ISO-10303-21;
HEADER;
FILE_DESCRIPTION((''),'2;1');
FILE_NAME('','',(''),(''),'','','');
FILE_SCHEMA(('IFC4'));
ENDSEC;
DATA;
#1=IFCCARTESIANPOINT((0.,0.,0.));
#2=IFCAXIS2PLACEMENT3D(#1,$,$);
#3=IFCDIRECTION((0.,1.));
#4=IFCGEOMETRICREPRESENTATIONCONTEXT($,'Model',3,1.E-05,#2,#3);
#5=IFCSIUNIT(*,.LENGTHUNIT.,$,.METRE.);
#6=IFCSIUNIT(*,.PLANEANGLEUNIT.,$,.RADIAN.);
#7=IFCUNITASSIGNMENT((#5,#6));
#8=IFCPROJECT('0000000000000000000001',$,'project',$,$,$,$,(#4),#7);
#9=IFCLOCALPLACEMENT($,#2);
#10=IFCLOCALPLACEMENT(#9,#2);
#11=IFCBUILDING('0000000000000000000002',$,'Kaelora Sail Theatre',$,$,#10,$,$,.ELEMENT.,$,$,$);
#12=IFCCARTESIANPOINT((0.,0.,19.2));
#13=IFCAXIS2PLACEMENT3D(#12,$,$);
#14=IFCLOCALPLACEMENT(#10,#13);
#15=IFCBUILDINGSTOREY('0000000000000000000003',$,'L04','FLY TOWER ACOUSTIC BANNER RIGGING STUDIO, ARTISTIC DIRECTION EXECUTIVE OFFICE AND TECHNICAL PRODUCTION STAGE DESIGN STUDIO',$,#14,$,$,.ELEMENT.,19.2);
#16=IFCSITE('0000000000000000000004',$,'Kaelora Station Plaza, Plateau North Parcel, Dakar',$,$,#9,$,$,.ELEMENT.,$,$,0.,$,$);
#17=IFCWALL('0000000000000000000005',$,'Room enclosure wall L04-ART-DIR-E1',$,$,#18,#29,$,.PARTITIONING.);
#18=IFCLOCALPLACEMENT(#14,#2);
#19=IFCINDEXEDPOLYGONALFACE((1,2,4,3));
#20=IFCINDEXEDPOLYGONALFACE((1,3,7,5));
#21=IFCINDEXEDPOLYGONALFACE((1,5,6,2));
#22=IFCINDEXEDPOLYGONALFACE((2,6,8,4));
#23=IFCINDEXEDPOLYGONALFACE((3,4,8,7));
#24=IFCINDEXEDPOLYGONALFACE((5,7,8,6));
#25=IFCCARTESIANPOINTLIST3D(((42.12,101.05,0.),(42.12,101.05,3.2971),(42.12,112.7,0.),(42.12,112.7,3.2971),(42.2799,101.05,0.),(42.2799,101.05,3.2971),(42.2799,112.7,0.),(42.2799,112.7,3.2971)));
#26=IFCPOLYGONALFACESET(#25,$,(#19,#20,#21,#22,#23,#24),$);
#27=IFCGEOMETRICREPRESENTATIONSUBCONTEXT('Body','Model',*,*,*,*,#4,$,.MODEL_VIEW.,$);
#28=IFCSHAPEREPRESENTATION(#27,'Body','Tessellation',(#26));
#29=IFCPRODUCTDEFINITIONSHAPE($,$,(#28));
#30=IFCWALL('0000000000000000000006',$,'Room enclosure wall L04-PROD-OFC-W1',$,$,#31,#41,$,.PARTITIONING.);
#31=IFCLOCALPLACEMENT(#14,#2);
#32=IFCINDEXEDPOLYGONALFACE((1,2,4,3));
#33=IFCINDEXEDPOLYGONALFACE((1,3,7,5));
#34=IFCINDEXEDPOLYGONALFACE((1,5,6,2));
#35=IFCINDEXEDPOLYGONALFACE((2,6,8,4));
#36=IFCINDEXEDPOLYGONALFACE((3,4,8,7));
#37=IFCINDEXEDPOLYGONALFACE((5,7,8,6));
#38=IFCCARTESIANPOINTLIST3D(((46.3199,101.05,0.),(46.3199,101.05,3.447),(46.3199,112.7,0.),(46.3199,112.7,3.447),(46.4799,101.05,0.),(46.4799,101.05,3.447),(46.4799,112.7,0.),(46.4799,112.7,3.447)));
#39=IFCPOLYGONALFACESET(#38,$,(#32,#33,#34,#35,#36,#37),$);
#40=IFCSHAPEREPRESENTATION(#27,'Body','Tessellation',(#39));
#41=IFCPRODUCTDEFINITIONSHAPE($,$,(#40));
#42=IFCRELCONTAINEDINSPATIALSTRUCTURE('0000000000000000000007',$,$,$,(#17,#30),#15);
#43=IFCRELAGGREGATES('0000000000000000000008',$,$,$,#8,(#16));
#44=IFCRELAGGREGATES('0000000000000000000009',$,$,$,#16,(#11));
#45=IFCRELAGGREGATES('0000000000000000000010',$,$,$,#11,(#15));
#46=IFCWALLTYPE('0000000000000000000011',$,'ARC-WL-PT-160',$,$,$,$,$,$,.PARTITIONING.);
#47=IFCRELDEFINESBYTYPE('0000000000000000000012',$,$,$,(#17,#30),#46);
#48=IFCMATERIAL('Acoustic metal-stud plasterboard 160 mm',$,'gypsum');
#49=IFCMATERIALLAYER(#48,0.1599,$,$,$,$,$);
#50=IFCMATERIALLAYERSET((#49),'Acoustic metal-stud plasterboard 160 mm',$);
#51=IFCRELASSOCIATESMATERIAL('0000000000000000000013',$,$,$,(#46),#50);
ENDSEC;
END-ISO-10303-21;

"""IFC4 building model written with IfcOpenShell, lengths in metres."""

from ifc_helpers import new_model, si_unit, direction, frame, frame_2d, origin, place, context, subcontext, project, spatial, rectangle, extrude, material, layer, layer_set, type_object, element, save


model = new_model("IFC4")

# Units and contexts
model_context = context("Model", 3, precision=1e-05, world=origin(), true_north=direction((0.0, 1.0)))
body_context = subcontext(model_context, "Body", "Model", "MODEL_VIEW")
ifc_project = project(units=[si_unit("LENGTHUNIT", "METRE"), si_unit("PLANEANGLEUNIT", "RADIAN")], contexts=[model_context])

# Site, building, storey
site_placement = place(None, origin())
site = spatial("IfcSite", under=ifc_project, at=site_placement, Name="Kaelora Station Plaza, Plateau North Parcel, Dakar", CompositionType="ELEMENT", RefElevation=0.0)
building_placement = place(site_placement, origin())
building = spatial("IfcBuilding", under=site, at=building_placement, Name="Kaelora Sail Theatre", CompositionType="ELEMENT")
storey_placement = place(building_placement, frame((0.0, 0.0, 19.2)))
storey = spatial("IfcBuildingStorey", under=building, at=storey_placement, Name="L04", Description="FLY TOWER ACOUSTIC BANNER RIGGING STUDIO, ARTISTIC DIRECTION EXECUTIVE OFFICE AND TECHNICAL PRODUCTION STAGE DESIGN STUDIO", CompositionType="ELEMENT", Elevation=19.2)

# Walls
ifc_material_1 = material(Name="Acoustic metal-stud plasterboard 160 mm", Category="gypsum")
ifc_layer_1 = layer(ifc_material_1, 0.1599)
ifc_layer_set_1 = layer_set([ifc_layer_1], Name="Acoustic metal-stud plasterboard 160 mm")
wall_type_1 = type_object("IfcWallType", Name="ARC-WL-PT-160", PredefinedType="PARTITIONING", material=ifc_layer_set_1)
wall_1_placement = place(storey_placement, frame((42.2, 101.05, 0.0), z_axis=(0.0, 0.0, 1.0), x_axis=(0.0, 1.0, 0.0)))
element("IfcWall", 1, at=wall_1_placement, inside=storey, type_object=wall_type_1, Name="Room enclosure wall L04-ART-DIR-E1", PredefinedType="PARTITIONING", context=body_context, shape_type="SweptSolid", body=[
    extrude(rectangle(XDim=11.6499, YDim=0.1599, at=frame_2d((5.825, 0.0))), origin(), (0.0, 0.0, 1.0), 3.2971),
])
wall_2_placement = place(storey_placement, frame((46.3999, 101.05, 0.0), z_axis=(0.0, 0.0, 1.0), x_axis=(0.0, 1.0, 0.0)))
element("IfcWall", 2, at=wall_2_placement, inside=storey, type_object=wall_type_1, Name="Room enclosure wall L04-PROD-OFC-W1", PredefinedType="PARTITIONING", context=body_context, shape_type="SweptSolid", body=[
    extrude(rectangle(XDim=11.6499, YDim=0.1599, at=frame_2d((5.825, 0.0))), origin(), (0.0, 0.0, 1.0), 3.447),
])

save(model, "model.ifc")
